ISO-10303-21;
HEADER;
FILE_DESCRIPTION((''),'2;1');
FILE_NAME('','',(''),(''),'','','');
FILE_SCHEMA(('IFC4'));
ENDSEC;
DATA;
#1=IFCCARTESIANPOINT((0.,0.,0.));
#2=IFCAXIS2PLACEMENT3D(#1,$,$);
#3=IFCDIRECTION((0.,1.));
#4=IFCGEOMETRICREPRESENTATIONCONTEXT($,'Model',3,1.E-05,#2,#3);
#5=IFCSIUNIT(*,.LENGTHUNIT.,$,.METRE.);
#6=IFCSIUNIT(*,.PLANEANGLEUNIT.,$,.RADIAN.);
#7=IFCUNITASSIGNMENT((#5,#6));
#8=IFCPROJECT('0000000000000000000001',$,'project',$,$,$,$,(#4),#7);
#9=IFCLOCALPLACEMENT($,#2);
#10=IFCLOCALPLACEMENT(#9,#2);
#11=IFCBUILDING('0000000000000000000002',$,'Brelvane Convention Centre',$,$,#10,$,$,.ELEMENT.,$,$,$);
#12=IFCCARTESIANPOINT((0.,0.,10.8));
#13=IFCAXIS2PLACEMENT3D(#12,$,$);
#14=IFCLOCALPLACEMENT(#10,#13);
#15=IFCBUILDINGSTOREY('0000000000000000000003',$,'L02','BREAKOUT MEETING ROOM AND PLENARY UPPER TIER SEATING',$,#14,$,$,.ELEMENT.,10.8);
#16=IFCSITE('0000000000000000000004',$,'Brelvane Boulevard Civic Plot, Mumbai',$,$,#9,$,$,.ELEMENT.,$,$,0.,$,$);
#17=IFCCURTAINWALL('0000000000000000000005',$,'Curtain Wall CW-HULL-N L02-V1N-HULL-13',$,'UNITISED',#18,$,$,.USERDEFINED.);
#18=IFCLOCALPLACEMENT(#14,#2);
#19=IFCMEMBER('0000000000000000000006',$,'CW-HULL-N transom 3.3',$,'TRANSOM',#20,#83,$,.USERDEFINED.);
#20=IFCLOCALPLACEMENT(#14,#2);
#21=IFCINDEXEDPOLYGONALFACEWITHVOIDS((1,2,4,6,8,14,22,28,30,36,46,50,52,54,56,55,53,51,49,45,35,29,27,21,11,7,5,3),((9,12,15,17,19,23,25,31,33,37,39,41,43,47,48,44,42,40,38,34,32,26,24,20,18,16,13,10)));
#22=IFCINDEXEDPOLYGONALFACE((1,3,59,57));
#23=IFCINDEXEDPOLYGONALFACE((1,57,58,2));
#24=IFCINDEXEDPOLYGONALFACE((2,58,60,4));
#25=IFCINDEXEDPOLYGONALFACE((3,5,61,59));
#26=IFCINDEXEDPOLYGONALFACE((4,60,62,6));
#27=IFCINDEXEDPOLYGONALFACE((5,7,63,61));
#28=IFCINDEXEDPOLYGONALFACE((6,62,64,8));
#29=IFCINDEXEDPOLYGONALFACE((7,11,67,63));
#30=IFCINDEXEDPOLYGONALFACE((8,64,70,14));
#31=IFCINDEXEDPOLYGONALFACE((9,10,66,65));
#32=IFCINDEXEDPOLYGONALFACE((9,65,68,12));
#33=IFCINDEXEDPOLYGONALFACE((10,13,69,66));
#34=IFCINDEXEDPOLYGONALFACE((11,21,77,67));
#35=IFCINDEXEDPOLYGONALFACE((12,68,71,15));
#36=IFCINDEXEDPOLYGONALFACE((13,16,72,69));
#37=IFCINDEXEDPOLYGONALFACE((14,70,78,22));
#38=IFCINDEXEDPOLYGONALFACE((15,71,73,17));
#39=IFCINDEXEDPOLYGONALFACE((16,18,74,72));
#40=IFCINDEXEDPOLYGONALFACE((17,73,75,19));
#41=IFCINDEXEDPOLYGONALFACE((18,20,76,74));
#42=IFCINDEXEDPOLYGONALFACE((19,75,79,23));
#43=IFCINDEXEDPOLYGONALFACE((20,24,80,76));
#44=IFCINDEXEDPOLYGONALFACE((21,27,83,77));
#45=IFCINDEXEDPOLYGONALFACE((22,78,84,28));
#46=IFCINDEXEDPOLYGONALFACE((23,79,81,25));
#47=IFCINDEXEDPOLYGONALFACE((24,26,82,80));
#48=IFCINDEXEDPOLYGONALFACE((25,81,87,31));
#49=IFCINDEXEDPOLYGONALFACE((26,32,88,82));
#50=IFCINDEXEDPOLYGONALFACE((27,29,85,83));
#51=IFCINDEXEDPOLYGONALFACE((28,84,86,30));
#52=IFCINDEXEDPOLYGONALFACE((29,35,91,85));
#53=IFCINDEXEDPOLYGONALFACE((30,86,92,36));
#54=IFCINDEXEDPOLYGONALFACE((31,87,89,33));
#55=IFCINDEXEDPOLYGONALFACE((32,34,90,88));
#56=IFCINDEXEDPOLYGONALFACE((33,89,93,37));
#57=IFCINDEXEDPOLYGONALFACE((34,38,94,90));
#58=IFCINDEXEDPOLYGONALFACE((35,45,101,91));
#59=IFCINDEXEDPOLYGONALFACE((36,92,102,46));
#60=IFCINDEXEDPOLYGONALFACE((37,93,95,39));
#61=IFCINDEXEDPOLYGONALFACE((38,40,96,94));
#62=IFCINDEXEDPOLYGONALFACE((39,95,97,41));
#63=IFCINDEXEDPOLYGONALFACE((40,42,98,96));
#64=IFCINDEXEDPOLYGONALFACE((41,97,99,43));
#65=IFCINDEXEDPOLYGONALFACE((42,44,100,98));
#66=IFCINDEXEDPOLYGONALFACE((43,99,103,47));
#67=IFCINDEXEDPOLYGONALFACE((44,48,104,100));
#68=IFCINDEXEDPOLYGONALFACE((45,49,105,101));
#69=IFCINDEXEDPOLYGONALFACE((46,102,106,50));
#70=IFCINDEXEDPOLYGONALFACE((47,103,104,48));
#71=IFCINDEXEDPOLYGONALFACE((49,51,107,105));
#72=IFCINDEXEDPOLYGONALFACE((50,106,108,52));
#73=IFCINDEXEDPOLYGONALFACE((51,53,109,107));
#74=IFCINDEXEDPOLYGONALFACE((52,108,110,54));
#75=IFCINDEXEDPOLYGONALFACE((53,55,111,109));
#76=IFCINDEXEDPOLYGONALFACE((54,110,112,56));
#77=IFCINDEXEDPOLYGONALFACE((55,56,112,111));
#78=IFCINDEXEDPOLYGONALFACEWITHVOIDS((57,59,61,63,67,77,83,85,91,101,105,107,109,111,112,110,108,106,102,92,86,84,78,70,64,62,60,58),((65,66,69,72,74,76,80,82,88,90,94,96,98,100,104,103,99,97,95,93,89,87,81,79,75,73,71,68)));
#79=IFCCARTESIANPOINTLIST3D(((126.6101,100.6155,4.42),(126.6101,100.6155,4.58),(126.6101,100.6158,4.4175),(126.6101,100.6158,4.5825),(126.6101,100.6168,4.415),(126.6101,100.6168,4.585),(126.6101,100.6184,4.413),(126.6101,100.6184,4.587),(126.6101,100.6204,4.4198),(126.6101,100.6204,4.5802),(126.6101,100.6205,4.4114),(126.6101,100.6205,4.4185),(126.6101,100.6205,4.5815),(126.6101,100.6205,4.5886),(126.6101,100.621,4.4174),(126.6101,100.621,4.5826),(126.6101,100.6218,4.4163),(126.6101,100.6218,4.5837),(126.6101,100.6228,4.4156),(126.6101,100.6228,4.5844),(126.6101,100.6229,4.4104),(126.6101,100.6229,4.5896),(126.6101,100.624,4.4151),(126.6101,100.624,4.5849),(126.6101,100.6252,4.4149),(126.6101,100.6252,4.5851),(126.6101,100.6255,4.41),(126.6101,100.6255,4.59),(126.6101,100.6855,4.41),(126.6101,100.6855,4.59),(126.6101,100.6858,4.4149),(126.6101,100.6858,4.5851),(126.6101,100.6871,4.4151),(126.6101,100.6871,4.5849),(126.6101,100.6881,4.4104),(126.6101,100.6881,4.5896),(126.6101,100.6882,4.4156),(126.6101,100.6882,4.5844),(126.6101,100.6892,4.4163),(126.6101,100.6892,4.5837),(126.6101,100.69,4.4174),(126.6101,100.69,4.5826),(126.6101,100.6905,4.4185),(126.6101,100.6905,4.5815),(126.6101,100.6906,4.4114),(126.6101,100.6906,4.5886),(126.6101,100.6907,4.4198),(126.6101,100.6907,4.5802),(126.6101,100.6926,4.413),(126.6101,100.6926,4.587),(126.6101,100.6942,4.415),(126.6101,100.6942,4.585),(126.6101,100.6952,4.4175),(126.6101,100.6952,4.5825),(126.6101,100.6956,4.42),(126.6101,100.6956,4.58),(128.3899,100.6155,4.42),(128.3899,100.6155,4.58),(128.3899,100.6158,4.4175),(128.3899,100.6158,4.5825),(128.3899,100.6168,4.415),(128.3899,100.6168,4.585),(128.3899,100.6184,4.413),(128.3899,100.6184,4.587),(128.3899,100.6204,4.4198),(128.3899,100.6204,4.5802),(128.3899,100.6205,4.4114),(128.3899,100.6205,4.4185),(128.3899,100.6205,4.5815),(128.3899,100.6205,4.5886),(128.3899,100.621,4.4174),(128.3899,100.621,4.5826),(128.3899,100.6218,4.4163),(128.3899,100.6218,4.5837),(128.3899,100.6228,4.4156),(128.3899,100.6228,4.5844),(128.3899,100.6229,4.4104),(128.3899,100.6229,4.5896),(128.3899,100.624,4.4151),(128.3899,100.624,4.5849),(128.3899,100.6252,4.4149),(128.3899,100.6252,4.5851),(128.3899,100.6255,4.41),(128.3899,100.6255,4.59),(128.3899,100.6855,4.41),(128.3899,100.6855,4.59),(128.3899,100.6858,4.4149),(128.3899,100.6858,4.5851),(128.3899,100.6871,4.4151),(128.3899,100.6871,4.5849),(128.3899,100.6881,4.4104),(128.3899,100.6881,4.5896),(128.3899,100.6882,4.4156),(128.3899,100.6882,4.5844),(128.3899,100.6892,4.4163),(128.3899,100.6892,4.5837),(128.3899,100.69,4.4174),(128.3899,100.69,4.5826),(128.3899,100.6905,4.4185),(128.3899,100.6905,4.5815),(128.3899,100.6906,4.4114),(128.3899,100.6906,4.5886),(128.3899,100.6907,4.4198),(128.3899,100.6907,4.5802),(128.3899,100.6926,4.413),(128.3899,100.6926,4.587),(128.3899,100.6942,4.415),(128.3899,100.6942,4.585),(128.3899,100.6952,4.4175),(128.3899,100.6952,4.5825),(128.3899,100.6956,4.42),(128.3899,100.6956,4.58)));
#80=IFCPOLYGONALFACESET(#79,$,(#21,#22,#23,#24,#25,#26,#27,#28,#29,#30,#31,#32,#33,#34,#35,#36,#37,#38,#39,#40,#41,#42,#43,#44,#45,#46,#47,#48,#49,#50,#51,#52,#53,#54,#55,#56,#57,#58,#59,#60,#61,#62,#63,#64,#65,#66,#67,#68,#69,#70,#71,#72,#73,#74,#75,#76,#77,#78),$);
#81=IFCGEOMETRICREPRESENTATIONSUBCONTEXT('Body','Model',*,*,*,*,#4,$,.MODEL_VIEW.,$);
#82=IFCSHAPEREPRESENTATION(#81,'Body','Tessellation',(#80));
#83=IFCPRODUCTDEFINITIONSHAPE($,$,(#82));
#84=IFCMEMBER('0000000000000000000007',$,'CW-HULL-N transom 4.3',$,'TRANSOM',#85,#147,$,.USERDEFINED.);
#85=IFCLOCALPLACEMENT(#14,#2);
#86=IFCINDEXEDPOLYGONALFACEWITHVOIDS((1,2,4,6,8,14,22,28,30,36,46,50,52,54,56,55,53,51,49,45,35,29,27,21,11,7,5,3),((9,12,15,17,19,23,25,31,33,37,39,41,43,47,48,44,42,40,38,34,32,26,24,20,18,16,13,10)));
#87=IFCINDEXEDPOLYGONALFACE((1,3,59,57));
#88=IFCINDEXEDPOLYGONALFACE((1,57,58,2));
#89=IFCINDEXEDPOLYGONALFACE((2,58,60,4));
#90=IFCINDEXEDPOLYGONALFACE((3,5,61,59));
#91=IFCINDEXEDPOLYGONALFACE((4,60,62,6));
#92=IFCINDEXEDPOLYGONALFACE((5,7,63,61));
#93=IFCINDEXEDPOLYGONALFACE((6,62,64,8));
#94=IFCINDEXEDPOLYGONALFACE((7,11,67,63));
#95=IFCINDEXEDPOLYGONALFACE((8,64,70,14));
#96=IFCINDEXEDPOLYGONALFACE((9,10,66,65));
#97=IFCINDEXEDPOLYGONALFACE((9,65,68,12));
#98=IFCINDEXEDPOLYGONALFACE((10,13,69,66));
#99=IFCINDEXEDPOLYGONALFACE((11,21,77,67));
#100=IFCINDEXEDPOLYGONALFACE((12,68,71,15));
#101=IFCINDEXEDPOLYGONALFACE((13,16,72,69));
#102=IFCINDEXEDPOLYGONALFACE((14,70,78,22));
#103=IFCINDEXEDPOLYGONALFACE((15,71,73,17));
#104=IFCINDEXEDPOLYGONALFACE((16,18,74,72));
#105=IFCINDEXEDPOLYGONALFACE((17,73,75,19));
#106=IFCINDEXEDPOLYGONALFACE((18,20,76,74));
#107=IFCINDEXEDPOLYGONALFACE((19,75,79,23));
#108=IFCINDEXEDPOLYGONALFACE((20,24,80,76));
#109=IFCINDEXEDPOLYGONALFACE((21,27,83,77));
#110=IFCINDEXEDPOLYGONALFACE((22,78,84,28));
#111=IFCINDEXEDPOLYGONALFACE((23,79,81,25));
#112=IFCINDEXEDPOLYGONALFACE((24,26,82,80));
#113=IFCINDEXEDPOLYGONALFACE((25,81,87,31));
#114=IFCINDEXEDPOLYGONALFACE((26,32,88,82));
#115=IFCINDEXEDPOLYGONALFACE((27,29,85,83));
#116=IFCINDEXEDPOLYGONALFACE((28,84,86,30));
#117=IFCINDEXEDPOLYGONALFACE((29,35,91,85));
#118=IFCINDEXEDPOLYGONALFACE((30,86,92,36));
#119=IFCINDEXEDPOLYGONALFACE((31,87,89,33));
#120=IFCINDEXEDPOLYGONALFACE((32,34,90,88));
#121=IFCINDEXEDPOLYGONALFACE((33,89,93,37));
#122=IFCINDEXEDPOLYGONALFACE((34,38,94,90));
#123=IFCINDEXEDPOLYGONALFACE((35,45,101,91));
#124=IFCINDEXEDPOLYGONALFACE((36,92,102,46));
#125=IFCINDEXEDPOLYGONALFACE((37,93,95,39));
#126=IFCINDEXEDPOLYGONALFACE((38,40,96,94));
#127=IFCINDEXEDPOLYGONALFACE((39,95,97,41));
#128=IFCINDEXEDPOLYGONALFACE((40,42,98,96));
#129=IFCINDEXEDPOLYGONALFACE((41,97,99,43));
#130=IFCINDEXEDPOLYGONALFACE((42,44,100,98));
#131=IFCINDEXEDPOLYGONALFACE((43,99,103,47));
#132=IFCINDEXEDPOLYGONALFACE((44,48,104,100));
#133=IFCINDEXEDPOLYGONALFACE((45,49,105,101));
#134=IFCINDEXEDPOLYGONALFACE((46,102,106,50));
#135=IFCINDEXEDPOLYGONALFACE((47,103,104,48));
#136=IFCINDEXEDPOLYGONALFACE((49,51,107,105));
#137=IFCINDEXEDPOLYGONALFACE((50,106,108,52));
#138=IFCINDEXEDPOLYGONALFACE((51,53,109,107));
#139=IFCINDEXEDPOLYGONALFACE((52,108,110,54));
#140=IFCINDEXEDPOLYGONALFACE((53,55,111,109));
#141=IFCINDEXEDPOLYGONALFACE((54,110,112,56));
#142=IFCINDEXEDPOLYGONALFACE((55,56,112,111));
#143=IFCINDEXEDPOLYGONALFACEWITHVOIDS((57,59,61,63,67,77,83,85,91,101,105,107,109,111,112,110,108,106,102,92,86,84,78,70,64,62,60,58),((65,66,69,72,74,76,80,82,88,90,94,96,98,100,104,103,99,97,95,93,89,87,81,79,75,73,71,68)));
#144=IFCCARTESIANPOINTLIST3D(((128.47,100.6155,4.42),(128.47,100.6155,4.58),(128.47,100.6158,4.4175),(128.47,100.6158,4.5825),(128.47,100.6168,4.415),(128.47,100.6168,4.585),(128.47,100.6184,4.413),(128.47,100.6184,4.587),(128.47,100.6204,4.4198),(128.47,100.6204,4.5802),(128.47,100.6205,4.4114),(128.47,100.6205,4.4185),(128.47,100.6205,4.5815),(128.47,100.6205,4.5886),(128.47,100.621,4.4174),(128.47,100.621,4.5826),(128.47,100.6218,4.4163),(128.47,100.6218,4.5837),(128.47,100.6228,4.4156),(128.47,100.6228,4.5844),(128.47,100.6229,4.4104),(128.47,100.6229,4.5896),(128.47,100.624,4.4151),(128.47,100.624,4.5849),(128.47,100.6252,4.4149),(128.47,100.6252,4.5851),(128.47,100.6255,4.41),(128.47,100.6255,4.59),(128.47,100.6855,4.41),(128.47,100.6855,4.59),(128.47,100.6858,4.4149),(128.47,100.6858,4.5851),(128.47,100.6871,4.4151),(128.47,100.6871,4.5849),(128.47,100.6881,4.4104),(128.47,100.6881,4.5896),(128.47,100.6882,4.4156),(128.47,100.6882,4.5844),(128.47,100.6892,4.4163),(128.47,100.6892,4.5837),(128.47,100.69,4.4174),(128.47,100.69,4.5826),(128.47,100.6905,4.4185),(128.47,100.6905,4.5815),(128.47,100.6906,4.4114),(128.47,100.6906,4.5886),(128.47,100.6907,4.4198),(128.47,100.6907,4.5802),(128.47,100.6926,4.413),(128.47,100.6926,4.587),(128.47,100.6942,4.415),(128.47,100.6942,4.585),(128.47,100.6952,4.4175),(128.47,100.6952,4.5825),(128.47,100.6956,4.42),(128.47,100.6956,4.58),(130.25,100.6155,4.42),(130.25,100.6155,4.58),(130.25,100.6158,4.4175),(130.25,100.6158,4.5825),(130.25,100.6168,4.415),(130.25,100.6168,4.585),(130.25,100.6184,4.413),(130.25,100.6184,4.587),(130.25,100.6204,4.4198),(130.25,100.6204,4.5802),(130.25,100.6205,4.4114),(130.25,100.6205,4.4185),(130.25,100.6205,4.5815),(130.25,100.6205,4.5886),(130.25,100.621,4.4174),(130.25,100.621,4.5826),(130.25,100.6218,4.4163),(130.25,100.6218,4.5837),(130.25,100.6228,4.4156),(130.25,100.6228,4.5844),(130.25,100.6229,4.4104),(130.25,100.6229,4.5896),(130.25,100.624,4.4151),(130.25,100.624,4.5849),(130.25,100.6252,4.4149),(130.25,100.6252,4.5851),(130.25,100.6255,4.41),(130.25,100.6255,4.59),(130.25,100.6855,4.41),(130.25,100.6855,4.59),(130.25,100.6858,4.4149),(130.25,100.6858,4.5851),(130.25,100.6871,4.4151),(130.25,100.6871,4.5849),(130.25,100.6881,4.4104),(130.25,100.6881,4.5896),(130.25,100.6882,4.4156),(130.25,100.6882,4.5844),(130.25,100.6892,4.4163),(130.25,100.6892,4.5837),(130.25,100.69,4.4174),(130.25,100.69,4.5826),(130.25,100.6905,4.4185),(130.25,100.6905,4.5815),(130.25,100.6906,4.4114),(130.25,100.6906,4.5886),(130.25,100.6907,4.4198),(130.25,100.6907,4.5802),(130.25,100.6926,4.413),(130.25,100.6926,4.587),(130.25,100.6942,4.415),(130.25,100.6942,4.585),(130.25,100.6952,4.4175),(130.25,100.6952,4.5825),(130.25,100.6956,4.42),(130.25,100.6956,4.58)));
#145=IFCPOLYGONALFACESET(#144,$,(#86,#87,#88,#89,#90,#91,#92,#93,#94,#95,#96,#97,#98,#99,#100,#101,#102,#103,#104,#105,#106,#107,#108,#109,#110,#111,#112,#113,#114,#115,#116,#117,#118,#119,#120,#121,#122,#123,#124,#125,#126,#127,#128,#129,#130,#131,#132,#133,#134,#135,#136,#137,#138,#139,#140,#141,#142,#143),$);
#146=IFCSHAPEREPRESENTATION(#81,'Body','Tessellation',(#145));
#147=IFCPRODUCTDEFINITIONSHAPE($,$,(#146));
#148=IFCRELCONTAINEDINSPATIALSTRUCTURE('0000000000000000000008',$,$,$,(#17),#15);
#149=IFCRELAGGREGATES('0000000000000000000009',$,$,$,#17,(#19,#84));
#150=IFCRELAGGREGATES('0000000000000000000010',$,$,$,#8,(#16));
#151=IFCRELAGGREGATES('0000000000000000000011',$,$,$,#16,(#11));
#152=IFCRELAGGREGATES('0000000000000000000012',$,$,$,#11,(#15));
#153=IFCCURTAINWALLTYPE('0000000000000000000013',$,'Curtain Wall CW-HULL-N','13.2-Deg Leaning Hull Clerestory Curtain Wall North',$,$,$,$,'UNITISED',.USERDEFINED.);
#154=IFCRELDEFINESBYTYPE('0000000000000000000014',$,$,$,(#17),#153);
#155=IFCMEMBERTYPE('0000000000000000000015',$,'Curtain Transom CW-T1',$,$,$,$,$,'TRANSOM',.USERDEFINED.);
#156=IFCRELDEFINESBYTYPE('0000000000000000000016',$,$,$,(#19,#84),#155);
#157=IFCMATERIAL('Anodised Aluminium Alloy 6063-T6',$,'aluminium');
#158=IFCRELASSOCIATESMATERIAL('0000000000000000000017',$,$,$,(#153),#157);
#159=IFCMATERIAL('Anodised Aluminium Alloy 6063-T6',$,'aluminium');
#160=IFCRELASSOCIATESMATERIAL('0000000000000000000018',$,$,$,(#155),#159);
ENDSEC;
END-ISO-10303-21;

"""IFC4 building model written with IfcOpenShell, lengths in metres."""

from ifc_helpers import new_model, si_unit, direction, frame, origin, origin_2d, place, context, subcontext, project, spatial, hollow_rectangle, extrude, material, material_profile, profile_set, type_object, element, aggregate, save


model = new_model("IFC4")

# Units and contexts
model_context = context("Model", 3, precision=1e-05, world=origin(), true_north=direction((0.0, 1.0)))
body_context = subcontext(model_context, "Body", "Model", "MODEL_VIEW")
ifc_project = project(units=[si_unit("LENGTHUNIT", "METRE"), si_unit("PLANEANGLEUNIT", "RADIAN")], contexts=[model_context])

# Site, building, storey
site_placement = place(None, origin())
site = spatial("IfcSite", under=ifc_project, at=site_placement, Name="Brelvane Boulevard Civic Plot, Mumbai", CompositionType="ELEMENT", RefElevation=0.0)
building_placement = place(site_placement, origin())
building = spatial("IfcBuilding", under=site, at=building_placement, Name="Brelvane Convention Centre", CompositionType="ELEMENT")
storey_placement = place(building_placement, frame((0.0, 0.0, 10.8)))
storey = spatial("IfcBuildingStorey", under=building, at=storey_placement, Name="L02", Description="BREAKOUT MEETING ROOM AND PLENARY UPPER TIER SEATING", CompositionType="ELEMENT", Elevation=10.8)

# Curtain wall, members
ifc_material_1 = material(Name="Anodised Aluminium Alloy 6063-T6", Category="aluminium")
curtain_wall_type = type_object("IfcCurtainWallType", Name="Curtain Wall CW-HULL-N", Description="13.2-Deg Leaning Hull Clerestory Curtain Wall North", ElementType="UNITISED", PredefinedType="USERDEFINED", material=ifc_material_1)
ifc_material_2 = material(Name="Anodised Aluminium Alloy 6063-T6", Category="aluminium")
ifc_material_profile = material_profile(ifc_material_2, hollow_rectangle(XDim=0.0801, YDim=0.1799, WallThickness=0.0049, InnerFilletRadius=0.0049, OuterFilletRadius=0.01, at=origin_2d()), Name="ALU-T 180x80x5.0")
ifc_profile_set = profile_set([ifc_material_profile], Name="Anodised Aluminium Alloy 6063-T6")
member_type = type_object("IfcMemberType", Name="Curtain Transom CW-T1", ElementType="TRANSOM", PredefinedType="USERDEFINED", material=ifc_profile_set)
curtain_wall_1_placement = place(storey_placement, origin())
curtain_wall_1 = element("IfcCurtainWall", 1, at=curtain_wall_1_placement, inside=storey, type_object=curtain_wall_type, Name="Curtain Wall CW-HULL-N L02-V1N-HULL-13", ObjectType="UNITISED", PredefinedType="USERDEFINED")
member_1_placement = place(storey_placement, frame((126.6101, 100.6555, 4.5), z_axis=(1.0, 0.0, 0.0), x_axis=(0.0, 1.0, 0.0)))
member_1 = element("IfcMember", 2, at=member_1_placement, type_object=member_type, Name="CW-HULL-N transom 3.3", ObjectType="TRANSOM", PredefinedType="USERDEFINED", context=body_context, shape_type="SweptSolid", body=[
    extrude(hollow_rectangle(XDim=0.0801, YDim=0.1799, WallThickness=0.0049, InnerFilletRadius=0.0049, OuterFilletRadius=0.01, at=origin_2d()), origin(), (0.0, 0.0, 1.0), 1.7798),
])
member_2_placement = place(storey_placement, frame((128.47, 100.6555, 4.5), z_axis=(1.0, 0.0, 0.0), x_axis=(0.0, 1.0, 0.0)))
member_2 = element("IfcMember", 3, at=member_2_placement, type_object=member_type, Name="CW-HULL-N transom 4.3", ObjectType="TRANSOM", PredefinedType="USERDEFINED", context=body_context, shape_type="SweptSolid", body=[
    extrude(hollow_rectangle(XDim=0.0801, YDim=0.1799, WallThickness=0.0049, InnerFilletRadius=0.0049, OuterFilletRadius=0.01, at=origin_2d()), origin(), (0.0, 0.0, 1.0), 1.78),
])

aggregate(curtain_wall_1, [member_1, member_2])

save(model, "model.ifc")
